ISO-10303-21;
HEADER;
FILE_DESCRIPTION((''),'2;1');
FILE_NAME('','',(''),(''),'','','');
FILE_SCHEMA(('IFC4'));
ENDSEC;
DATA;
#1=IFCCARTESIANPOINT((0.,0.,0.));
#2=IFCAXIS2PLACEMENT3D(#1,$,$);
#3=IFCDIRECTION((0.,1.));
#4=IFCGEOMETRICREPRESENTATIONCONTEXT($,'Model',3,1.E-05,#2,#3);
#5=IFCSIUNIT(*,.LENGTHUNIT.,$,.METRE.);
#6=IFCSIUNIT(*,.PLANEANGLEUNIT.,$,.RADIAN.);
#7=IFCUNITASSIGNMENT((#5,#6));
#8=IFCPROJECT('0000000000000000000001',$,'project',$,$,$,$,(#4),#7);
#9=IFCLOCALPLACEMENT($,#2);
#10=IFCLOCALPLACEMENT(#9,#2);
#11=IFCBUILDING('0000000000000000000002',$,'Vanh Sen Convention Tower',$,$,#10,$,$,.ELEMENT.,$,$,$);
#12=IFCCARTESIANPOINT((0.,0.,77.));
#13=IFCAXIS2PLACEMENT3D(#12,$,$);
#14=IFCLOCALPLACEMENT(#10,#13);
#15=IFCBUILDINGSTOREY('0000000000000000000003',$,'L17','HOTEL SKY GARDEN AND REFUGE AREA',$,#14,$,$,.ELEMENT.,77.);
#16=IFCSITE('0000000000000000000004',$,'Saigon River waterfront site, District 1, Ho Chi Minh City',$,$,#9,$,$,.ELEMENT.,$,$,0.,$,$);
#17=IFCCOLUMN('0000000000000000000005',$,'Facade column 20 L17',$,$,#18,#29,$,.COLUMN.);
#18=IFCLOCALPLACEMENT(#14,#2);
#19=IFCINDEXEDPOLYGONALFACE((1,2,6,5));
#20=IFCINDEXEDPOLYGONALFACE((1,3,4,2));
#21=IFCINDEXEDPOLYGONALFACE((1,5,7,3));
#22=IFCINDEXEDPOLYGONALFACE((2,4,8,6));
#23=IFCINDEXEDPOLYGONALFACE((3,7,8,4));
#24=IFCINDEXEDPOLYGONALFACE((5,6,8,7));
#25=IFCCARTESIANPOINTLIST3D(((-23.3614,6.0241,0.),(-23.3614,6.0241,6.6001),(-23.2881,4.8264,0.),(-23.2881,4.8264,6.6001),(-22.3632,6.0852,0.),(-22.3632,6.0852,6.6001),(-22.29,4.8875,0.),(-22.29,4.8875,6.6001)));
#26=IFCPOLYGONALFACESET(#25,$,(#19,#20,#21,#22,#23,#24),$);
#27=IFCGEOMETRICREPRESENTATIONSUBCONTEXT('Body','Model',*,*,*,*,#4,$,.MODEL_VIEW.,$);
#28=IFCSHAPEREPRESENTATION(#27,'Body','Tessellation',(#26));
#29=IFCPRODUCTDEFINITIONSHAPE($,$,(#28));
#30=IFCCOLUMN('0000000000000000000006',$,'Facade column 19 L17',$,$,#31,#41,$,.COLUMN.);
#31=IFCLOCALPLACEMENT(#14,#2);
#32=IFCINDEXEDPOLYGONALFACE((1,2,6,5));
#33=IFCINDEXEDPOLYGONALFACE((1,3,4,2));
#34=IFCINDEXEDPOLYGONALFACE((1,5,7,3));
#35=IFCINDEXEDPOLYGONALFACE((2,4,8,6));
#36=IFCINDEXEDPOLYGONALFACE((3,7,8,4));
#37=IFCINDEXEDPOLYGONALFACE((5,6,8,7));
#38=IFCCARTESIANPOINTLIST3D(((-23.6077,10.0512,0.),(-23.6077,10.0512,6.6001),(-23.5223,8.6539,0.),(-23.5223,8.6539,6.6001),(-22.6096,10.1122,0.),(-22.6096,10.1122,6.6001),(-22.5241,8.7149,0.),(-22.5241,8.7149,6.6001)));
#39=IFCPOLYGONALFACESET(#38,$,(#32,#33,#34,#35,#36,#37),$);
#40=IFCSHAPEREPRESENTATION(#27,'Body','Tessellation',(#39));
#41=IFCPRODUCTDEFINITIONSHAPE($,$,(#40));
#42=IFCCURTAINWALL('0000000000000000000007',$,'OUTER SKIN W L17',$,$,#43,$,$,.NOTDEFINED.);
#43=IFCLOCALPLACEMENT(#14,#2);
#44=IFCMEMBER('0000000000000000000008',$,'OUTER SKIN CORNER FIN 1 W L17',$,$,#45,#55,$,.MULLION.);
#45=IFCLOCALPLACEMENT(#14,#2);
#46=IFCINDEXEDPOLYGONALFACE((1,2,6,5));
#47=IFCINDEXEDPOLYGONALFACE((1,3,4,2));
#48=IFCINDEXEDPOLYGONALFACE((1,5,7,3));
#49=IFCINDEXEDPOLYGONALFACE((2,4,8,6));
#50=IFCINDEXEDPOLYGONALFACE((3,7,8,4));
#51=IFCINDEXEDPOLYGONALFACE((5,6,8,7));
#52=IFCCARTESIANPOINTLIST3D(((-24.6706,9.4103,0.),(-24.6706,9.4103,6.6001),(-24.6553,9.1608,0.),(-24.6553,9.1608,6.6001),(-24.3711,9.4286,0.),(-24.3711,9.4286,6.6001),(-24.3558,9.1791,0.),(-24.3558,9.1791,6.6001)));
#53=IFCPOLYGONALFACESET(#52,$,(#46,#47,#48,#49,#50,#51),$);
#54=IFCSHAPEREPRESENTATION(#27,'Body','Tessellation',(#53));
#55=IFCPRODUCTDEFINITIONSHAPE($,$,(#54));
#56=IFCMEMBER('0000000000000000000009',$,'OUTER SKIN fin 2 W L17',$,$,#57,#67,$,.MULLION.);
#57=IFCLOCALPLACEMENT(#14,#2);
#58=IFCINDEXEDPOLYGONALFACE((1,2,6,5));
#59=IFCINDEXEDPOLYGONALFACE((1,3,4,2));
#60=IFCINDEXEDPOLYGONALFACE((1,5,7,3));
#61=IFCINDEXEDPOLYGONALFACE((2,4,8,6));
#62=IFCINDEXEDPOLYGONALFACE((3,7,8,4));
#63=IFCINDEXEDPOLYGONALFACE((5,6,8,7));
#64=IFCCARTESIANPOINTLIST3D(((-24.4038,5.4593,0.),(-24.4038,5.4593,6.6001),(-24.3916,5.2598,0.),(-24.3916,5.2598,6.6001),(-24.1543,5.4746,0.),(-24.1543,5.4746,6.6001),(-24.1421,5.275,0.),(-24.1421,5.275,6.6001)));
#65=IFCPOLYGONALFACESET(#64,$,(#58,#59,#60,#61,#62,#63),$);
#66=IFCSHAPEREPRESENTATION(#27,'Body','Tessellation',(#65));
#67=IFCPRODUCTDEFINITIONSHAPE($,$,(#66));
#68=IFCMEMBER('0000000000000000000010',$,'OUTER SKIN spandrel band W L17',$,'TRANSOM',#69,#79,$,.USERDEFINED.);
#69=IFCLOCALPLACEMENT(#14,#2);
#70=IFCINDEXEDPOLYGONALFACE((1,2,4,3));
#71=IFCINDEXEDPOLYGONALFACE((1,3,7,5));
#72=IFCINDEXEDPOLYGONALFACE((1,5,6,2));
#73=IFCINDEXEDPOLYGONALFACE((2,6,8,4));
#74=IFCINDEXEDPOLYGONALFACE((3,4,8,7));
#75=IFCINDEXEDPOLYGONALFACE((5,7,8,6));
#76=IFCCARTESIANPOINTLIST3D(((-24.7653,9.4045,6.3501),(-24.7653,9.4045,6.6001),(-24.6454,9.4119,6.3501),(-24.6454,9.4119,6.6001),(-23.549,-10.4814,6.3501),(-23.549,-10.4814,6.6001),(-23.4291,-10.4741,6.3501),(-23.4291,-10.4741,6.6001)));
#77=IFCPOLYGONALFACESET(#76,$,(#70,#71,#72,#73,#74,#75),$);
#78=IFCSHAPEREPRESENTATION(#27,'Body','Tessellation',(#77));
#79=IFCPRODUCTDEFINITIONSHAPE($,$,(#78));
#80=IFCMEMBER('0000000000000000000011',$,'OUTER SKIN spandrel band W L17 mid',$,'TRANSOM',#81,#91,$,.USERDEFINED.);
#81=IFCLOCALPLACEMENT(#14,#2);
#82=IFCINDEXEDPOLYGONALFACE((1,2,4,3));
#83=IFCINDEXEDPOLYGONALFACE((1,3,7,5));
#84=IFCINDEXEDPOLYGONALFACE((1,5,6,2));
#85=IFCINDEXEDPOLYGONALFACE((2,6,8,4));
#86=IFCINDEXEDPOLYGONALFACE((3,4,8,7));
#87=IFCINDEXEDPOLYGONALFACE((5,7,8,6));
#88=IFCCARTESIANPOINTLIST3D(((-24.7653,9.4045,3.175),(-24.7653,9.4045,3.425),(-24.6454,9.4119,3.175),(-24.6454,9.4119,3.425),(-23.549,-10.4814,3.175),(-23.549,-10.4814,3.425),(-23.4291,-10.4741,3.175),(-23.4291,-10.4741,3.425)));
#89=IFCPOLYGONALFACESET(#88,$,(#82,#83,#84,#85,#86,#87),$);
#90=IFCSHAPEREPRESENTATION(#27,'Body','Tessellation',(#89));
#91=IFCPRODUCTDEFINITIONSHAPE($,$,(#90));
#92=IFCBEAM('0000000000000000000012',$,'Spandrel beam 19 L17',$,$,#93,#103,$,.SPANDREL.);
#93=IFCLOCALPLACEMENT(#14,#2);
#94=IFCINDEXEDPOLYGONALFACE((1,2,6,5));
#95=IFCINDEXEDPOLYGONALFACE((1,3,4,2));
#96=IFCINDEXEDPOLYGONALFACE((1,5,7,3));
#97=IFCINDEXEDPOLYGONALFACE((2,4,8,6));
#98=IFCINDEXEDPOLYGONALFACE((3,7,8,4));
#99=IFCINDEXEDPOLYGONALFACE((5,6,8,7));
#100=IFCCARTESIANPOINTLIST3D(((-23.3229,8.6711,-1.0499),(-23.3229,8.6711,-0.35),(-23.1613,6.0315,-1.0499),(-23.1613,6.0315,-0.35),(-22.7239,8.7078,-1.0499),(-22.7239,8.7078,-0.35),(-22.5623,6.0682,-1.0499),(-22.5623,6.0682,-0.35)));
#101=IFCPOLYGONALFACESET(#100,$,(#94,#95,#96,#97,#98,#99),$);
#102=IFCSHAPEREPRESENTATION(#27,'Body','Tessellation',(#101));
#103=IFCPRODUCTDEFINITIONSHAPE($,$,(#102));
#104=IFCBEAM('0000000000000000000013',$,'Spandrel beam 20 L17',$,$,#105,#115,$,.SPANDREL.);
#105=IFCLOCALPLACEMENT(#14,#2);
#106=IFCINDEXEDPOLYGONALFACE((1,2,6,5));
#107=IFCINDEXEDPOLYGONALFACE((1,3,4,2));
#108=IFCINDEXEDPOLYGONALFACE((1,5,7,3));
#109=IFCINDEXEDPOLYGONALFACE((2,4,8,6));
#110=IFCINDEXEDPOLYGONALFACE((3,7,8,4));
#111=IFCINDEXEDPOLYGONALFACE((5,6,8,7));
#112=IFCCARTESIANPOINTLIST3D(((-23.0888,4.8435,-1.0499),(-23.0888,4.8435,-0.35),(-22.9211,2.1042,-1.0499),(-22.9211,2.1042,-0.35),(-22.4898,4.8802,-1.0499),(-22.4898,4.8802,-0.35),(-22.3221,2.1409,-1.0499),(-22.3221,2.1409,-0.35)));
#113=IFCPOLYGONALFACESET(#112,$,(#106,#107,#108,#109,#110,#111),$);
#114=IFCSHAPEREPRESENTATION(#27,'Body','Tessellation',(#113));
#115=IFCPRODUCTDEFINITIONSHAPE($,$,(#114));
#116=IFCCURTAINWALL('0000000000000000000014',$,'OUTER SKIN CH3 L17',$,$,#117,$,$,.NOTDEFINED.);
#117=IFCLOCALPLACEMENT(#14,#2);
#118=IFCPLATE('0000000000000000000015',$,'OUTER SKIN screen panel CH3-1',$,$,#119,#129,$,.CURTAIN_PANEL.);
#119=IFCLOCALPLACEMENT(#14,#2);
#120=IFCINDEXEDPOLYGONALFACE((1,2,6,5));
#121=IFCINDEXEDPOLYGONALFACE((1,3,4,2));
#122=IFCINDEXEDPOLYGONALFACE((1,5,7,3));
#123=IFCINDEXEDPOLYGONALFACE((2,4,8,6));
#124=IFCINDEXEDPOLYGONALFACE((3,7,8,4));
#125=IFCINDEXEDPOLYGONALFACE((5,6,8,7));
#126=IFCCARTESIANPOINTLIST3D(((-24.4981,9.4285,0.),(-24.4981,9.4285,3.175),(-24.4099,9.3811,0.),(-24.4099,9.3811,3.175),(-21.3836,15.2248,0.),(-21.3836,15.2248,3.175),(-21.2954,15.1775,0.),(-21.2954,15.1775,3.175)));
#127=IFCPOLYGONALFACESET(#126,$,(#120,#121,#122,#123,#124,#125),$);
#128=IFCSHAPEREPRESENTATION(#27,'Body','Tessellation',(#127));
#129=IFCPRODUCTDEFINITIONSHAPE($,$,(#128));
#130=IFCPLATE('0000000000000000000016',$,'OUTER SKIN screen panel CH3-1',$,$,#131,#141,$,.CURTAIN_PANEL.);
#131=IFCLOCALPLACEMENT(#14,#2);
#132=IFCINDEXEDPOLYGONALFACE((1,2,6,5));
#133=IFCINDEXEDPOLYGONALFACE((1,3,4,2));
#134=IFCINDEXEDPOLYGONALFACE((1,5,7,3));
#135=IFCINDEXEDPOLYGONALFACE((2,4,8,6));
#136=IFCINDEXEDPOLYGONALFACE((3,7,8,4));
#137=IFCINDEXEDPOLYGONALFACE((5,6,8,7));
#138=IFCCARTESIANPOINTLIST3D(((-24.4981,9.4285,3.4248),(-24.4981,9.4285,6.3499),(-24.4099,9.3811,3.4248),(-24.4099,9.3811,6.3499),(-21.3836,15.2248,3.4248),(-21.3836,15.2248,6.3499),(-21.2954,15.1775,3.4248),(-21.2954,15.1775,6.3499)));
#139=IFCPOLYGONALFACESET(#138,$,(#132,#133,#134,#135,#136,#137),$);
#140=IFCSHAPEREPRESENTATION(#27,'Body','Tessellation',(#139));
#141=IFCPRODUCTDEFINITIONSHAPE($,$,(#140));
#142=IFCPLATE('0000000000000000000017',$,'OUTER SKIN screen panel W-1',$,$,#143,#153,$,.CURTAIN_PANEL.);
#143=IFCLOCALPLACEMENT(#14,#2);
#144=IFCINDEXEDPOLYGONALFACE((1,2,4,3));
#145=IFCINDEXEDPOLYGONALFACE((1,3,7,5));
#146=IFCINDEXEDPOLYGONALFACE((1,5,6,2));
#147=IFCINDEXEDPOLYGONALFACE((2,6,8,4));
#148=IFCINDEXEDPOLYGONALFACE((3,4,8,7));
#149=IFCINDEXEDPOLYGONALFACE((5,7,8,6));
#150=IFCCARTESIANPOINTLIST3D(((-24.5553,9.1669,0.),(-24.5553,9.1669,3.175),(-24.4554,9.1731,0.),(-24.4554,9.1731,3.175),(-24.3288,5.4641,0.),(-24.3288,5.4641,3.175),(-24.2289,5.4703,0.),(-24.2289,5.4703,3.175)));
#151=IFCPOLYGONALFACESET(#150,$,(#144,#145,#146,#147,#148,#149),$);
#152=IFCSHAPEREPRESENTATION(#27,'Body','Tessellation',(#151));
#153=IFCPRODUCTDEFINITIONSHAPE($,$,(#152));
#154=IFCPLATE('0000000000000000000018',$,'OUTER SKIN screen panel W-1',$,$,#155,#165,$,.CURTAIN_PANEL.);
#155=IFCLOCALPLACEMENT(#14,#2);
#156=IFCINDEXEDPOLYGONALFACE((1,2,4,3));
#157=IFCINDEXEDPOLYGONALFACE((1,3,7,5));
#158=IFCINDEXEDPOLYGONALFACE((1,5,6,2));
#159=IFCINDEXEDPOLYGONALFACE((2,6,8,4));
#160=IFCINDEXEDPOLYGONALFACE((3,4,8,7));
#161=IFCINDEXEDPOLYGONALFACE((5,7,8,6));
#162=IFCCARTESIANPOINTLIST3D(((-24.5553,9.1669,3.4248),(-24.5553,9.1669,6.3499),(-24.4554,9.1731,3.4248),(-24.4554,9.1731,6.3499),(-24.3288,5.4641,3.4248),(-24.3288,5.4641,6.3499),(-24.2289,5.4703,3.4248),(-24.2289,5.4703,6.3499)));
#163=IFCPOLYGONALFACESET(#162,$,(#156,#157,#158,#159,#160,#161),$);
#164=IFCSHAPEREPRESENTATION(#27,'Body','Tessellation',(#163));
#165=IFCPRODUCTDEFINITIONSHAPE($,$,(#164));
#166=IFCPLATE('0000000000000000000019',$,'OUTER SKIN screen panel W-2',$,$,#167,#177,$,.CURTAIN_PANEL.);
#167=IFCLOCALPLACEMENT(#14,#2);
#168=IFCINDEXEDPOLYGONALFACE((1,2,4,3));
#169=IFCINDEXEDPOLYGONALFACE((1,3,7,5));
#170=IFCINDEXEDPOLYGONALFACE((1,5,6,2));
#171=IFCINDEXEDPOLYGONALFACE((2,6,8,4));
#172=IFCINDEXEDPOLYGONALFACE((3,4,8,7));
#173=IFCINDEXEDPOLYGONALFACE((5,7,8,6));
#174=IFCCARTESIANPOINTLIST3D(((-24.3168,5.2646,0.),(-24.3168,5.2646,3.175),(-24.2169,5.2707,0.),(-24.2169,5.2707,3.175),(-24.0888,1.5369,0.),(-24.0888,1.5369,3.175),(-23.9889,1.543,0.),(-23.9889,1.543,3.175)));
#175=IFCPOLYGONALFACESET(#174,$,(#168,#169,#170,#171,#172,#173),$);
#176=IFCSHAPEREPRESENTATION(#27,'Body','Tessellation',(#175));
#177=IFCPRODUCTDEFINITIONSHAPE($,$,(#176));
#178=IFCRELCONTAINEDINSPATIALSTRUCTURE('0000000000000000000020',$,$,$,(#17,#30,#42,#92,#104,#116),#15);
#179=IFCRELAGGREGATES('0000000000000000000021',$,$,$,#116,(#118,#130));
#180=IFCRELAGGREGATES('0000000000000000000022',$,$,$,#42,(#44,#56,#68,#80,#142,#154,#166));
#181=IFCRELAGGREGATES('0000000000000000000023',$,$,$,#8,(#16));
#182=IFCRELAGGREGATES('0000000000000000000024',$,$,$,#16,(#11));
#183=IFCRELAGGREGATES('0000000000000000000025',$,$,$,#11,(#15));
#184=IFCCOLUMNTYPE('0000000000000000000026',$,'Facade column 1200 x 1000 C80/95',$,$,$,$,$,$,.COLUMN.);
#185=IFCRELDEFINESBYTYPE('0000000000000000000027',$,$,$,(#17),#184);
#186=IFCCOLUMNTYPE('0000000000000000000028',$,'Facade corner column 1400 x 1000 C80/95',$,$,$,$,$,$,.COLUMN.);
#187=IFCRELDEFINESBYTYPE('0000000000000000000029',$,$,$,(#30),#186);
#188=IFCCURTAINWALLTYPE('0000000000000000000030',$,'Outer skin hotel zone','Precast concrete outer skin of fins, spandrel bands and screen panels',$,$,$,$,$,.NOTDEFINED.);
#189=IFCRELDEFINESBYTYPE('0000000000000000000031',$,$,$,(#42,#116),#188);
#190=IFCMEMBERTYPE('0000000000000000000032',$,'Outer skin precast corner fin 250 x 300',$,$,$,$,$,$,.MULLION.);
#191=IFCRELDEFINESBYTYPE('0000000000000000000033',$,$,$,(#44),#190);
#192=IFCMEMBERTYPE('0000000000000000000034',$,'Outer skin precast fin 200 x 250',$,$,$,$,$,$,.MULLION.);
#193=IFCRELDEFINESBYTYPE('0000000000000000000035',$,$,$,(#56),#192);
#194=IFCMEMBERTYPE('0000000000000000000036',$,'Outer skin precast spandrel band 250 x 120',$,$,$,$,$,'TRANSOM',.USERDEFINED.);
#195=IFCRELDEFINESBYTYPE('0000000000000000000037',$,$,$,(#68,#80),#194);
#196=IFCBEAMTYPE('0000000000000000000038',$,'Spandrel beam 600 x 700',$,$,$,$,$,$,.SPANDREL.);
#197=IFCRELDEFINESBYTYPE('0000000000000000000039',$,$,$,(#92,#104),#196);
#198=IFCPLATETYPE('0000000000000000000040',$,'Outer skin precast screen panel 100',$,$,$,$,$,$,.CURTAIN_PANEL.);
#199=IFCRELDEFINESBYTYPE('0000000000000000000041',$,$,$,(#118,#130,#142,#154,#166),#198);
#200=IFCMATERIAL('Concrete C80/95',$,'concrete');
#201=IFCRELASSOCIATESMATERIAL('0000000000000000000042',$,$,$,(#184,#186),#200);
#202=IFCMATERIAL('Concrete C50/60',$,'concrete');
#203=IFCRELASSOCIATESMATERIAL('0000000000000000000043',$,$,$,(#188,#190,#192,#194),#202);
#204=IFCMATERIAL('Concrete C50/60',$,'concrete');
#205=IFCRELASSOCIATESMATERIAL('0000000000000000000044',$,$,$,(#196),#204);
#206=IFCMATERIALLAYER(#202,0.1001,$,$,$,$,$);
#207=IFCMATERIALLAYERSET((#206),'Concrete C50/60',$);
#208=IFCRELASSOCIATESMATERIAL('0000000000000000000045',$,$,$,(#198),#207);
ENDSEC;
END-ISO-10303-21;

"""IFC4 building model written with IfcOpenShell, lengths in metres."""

from ifc_helpers import new_model, si_unit, direction, frame, origin, origin_2d, place, context, subcontext, project, spatial, rectangle, extrude, material, layer, layer_set, material_profile, profile_set, type_object, element, aggregate, save


model = new_model("IFC4")

# Units and contexts
model_context = context("Model", 3, precision=1e-05, world=origin(), true_north=direction((0.0, 1.0)))
body_context = subcontext(model_context, "Body", "Model", "MODEL_VIEW")
ifc_project = project(units=[si_unit("LENGTHUNIT", "METRE"), si_unit("PLANEANGLEUNIT", "RADIAN")], contexts=[model_context])

# Site, building, storey
site_placement = place(None, origin())
site = spatial("IfcSite", under=ifc_project, at=site_placement, Name="Saigon River waterfront site, District 1, Ho Chi Minh City", CompositionType="ELEMENT", RefElevation=0.0)
building_placement = place(site_placement, origin())
building = spatial("IfcBuilding", under=site, at=building_placement, Name="Vanh Sen Convention Tower", CompositionType="ELEMENT")
storey_placement = place(building_placement, frame((0.0, 0.0, 77.0)))
storey = spatial("IfcBuildingStorey", under=building, at=storey_placement, Name="L17", Description="HOTEL SKY GARDEN AND REFUGE AREA", CompositionType="ELEMENT", Elevation=77.0)

# Columns
ifc_material_1 = material(Name="Concrete C80/95", Category="concrete")
ifc_material_profile_1 = material_profile(ifc_material_1, rectangle(XDim=1.2, YDim=1.0, at=origin_2d()), Name="RC 1200X1000")
ifc_profile_set_1 = profile_set([ifc_material_profile_1], Name="Concrete C80/95")
column_type_1 = type_object("IfcColumnType", Name="Facade column 1200 x 1000 C80/95", PredefinedType="COLUMN", material=ifc_profile_set_1)
column_1_placement = place(storey_placement, frame((-22.8257, 5.4558, 0.0), z_axis=(0.0, 0.0, 1.0), x_axis=(0.061049, -0.998135, 0.0)))
element("IfcColumn", 1, at=column_1_placement, inside=storey, type_object=column_type_1, Name="Facade column 20 L17", PredefinedType="COLUMN", context=body_context, shape_type="SweptSolid", body=[
    extrude(rectangle(XDim=1.2, YDim=1.0, at=origin_2d()), origin(), (0.0, 0.0, 1.0), 6.6001),
])
ifc_material_profile_2 = material_profile(ifc_material_1, rectangle(XDim=1.3999, YDim=1.0, at=origin_2d()), Name="RC 1400X1000")
ifc_profile_set_2 = profile_set([ifc_material_profile_2], Name="Concrete C80/95")
column_type_2 = type_object("IfcColumnType", Name="Facade corner column 1400 x 1000 C80/95", PredefinedType="COLUMN", material=ifc_profile_set_2)
column_2_placement = place(storey_placement, frame((-23.0659, 9.3831, 0.0), z_axis=(0.0, 0.0, 1.0), x_axis=(0.061049, -0.998135, 0.0)))
element("IfcColumn", 2, at=column_2_placement, inside=storey, type_object=column_type_2, Name="Facade column 19 L17", PredefinedType="COLUMN", context=body_context, shape_type="SweptSolid", body=[
    extrude(rectangle(XDim=1.3999, YDim=1.0, at=origin_2d()), origin(), (0.0, 0.0, 1.0), 6.6001),
])

# Curtain wall, members
ifc_material_2 = material(Name="Concrete C50/60", Category="concrete")
curtain_wall_type = type_object("IfcCurtainWallType", Name="Outer skin hotel zone", Description="Precast concrete outer skin of fins, spandrel bands and screen panels", PredefinedType="NOTDEFINED", material=ifc_material_2)
curtain_wall_1_placement = place(storey_placement, origin())
curtain_wall_1 = element("IfcCurtainWall", 3, at=curtain_wall_1_placement, inside=storey, type_object=curtain_wall_type, Name="OUTER SKIN W L17", PredefinedType="NOTDEFINED")
ifc_material_profile_3 = material_profile(ifc_material_2, rectangle(XDim=0.25, YDim=0.3, at=origin_2d()), Name="Outer skin precast corner fin 250 x 300")
ifc_profile_set_3 = profile_set([ifc_material_profile_3], Name="Concrete C50/60")
member_type_1 = type_object("IfcMemberType", Name="Outer skin precast corner fin 250 x 300", PredefinedType="MULLION", material=ifc_profile_set_3)
member_1_placement = place(storey_placement, frame((-24.5132, 9.2947, 0.0), z_axis=(0.0, 0.0, 1.0), x_axis=(0.061049, -0.998135, 0.0)))
member_1 = element("IfcMember", 4, at=member_1_placement, type_object=member_type_1, Name="OUTER SKIN CORNER FIN 1 W L17", PredefinedType="MULLION", context=body_context, shape_type="SweptSolid", body=[
    extrude(rectangle(XDim=0.25, YDim=0.3, at=origin_2d()), origin(), (0.0, 0.0, 1.0), 6.6001),
])
ifc_material_profile_4 = material_profile(ifc_material_2, rectangle(XDim=0.2, YDim=0.25, at=origin_2d()), Name="Outer skin precast fin 200 x 250")
ifc_profile_set_4 = profile_set([ifc_material_profile_4], Name="Concrete C50/60")
member_type_2 = type_object("IfcMemberType", Name="Outer skin precast fin 200 x 250", PredefinedType="MULLION", material=ifc_profile_set_4)
member_2_placement = place(storey_placement, frame((-24.2729, 5.3672, 0.0), z_axis=(0.0, 0.0, 1.0), x_axis=(0.061049, -0.998135, 0.0)))
member_2 = element("IfcMember", 5, at=member_2_placement, type_object=member_type_2, Name="OUTER SKIN fin 2 W L17", PredefinedType="MULLION", context=body_context, shape_type="SweptSolid", body=[
    extrude(rectangle(XDim=0.2, YDim=0.25, at=origin_2d()), origin(), (0.0, 0.0, 1.0), 6.6001),
])
ifc_material_profile_5 = material_profile(ifc_material_2, rectangle(XDim=0.1201, YDim=0.25, at=origin_2d()), Name="Outer skin precast spandrel band 250 x 120")
ifc_profile_set_5 = profile_set([ifc_material_profile_5], Name="Concrete C50/60")
member_type_3 = type_object("IfcMemberType", Name="Outer skin precast spandrel band 250 x 120", ElementType="TRANSOM", PredefinedType="USERDEFINED", material=ifc_profile_set_5)
member_3_placement = place(storey_placement, frame((-24.7053, 9.4082, 6.4751), z_axis=(0.06105, -0.998135, 0.0), x_axis=(0.998135, 0.06105, 0.0)))
member_3 = element("IfcMember", 6, at=member_3_placement, type_object=member_type_3, Name="OUTER SKIN spandrel band W L17", ObjectType="TRANSOM", PredefinedType="USERDEFINED", context=body_context, shape_type="SweptSolid", body=[
    extrude(rectangle(XDim=0.1201, YDim=0.25, at=origin_2d()), origin(), (0.0, 0.0, 1.0), 19.9231),
])
member_4_placement = place(storey_placement, frame((-24.7053, 9.4082, 3.3), z_axis=(0.06105, -0.998135, 0.0), x_axis=(0.998135, 0.06105, 0.0)))
member_4 = element("IfcMember", 7, at=member_4_placement, type_object=member_type_3, Name="OUTER SKIN spandrel band W L17 mid", ObjectType="TRANSOM", PredefinedType="USERDEFINED", context=body_context, shape_type="SweptSolid", body=[
    extrude(rectangle(XDim=0.1201, YDim=0.25, at=origin_2d()), origin(), (0.0, 0.0, 1.0), 19.9231),
])

# Beams
ifc_material_3 = material(Name="Concrete C50/60", Category="concrete")
ifc_material_profile_6 = material_profile(ifc_material_3, rectangle(XDim=0.6001, YDim=0.7, at=origin_2d()), Name="RC 600X700")
ifc_profile_set_6 = profile_set([ifc_material_profile_6], Name="Concrete C50/60")
beam_type = type_object("IfcBeamType", Name="Spandrel beam 600 x 700", PredefinedType="SPANDREL", material=ifc_profile_set_6)
beam_1_placement = place(storey_placement, frame((-23.0234, 8.6895, -0.7), z_axis=(0.061114, -0.998131, 0.0), x_axis=(0.998131, 0.061114, 0.0)))
element("IfcBeam", 8, at=beam_1_placement, inside=storey, type_object=beam_type, Name="Spandrel beam 19 L17", PredefinedType="SPANDREL", context=body_context, shape_type="SweptSolid", body=[
    extrude(rectangle(XDim=0.6001, YDim=0.7, at=origin_2d()), origin(), (0.0, 0.0, 1.0), 2.6445),
])
beam_2_placement = place(storey_placement, frame((-22.7893, 4.8618, -0.7), z_axis=(0.061115, -0.998131, 0.0), x_axis=(0.998131, 0.061115, 0.0)))
element("IfcBeam", 9, at=beam_2_placement, inside=storey, type_object=beam_type, Name="Spandrel beam 20 L17", PredefinedType="SPANDREL", context=body_context, shape_type="SweptSolid", body=[
    extrude(rectangle(XDim=0.6001, YDim=0.7, at=origin_2d()), origin(), (0.0, 0.0, 1.0), 2.7444),
])

# Curtain wall, plates
curtain_wall_2_placement = place(storey_placement, origin())
curtain_wall_2 = element("IfcCurtainWall", 10, at=curtain_wall_2_placement, inside=storey, type_object=curtain_wall_type, Name="OUTER SKIN CH3 L17", PredefinedType="NOTDEFINED")
ifc_layer_1 = layer(ifc_material_2, 0.1001)
ifc_layer_set_1 = layer_set([ifc_layer_1], Name="Concrete C50/60")
plate_type = type_object("IfcPlateType", Name="Outer skin precast screen panel 100", PredefinedType="CURTAIN_PANEL", material=ifc_layer_set_1)
plate_1_placement = place(storey_placement, frame((-22.8967, 12.303, 0.0), z_axis=(0.0, 0.0, 1.0), x_axis=(-0.473318, -0.880892, 0.0)))
plate_1 = element("IfcPlate", 11, at=plate_1_placement, type_object=plate_type, Name="OUTER SKIN screen panel CH3-1", PredefinedType="CURTAIN_PANEL", context=body_context, shape_type="SweptSolid", body=[
    extrude(rectangle(XDim=6.5801, YDim=0.1001, at=origin_2d()), origin(), (0.0, 0.0, 1.0), 3.175),
])
plate_2_placement = place(storey_placement, frame((-22.8967, 12.303, 3.4248), z_axis=(0.0, 0.0, 1.0), x_axis=(-0.473318, -0.880892, 0.0)))
plate_2 = element("IfcPlate", 12, at=plate_2_placement, type_object=plate_type, Name="OUTER SKIN screen panel CH3-1", PredefinedType="CURTAIN_PANEL", context=body_context, shape_type="SweptSolid", body=[
    extrude(rectangle(XDim=6.5801, YDim=0.1001, at=origin_2d()), origin(), (0.0, 0.0, 1.0), 2.925),
])
aggregate(curtain_wall_2, [plate_1, plate_2])

# Plates
plate_3_placement = place(storey_placement, frame((-24.3921, 7.3186, 0.0), z_axis=(0.0, 0.0, 1.0), x_axis=(0.061047, -0.998135, 0.0)))
plate_3 = element("IfcPlate", 13, at=plate_3_placement, type_object=plate_type, Name="OUTER SKIN screen panel W-1", PredefinedType="CURTAIN_PANEL", context=body_context, shape_type="SweptSolid", body=[
    extrude(rectangle(XDim=3.7097, YDim=0.1001, at=origin_2d()), origin(), (0.0, 0.0, 1.0), 3.175),
])
plate_4_placement = place(storey_placement, frame((-24.3921, 7.3186, 3.4248), z_axis=(0.0, 0.0, 1.0), x_axis=(0.061047, -0.998135, 0.0)))
plate_4 = element("IfcPlate", 14, at=plate_4_placement, type_object=plate_type, Name="OUTER SKIN screen panel W-1", PredefinedType="CURTAIN_PANEL", context=body_context, shape_type="SweptSolid", body=[
    extrude(rectangle(XDim=3.7097, YDim=0.1001, at=origin_2d()), origin(), (0.0, 0.0, 1.0), 2.925),
])
plate_5_placement = place(storey_placement, frame((-24.1528, 3.4038, 0.0), z_axis=(0.0, 0.0, 1.0), x_axis=(0.061049, -0.998135, 0.0)))
plate_5 = element("IfcPlate", 15, at=plate_5_placement, type_object=plate_type, Name="OUTER SKIN screen panel W-2", PredefinedType="CURTAIN_PANEL", context=body_context, shape_type="SweptSolid", body=[
    extrude(rectangle(XDim=3.7346, YDim=0.1001, at=origin_2d()), origin(), (0.0, 0.0, 1.0), 3.175),
])
aggregate(curtain_wall_1, [member_1, member_2, member_3, member_4, plate_3, plate_4, plate_5])

save(model, "model.ifc")
